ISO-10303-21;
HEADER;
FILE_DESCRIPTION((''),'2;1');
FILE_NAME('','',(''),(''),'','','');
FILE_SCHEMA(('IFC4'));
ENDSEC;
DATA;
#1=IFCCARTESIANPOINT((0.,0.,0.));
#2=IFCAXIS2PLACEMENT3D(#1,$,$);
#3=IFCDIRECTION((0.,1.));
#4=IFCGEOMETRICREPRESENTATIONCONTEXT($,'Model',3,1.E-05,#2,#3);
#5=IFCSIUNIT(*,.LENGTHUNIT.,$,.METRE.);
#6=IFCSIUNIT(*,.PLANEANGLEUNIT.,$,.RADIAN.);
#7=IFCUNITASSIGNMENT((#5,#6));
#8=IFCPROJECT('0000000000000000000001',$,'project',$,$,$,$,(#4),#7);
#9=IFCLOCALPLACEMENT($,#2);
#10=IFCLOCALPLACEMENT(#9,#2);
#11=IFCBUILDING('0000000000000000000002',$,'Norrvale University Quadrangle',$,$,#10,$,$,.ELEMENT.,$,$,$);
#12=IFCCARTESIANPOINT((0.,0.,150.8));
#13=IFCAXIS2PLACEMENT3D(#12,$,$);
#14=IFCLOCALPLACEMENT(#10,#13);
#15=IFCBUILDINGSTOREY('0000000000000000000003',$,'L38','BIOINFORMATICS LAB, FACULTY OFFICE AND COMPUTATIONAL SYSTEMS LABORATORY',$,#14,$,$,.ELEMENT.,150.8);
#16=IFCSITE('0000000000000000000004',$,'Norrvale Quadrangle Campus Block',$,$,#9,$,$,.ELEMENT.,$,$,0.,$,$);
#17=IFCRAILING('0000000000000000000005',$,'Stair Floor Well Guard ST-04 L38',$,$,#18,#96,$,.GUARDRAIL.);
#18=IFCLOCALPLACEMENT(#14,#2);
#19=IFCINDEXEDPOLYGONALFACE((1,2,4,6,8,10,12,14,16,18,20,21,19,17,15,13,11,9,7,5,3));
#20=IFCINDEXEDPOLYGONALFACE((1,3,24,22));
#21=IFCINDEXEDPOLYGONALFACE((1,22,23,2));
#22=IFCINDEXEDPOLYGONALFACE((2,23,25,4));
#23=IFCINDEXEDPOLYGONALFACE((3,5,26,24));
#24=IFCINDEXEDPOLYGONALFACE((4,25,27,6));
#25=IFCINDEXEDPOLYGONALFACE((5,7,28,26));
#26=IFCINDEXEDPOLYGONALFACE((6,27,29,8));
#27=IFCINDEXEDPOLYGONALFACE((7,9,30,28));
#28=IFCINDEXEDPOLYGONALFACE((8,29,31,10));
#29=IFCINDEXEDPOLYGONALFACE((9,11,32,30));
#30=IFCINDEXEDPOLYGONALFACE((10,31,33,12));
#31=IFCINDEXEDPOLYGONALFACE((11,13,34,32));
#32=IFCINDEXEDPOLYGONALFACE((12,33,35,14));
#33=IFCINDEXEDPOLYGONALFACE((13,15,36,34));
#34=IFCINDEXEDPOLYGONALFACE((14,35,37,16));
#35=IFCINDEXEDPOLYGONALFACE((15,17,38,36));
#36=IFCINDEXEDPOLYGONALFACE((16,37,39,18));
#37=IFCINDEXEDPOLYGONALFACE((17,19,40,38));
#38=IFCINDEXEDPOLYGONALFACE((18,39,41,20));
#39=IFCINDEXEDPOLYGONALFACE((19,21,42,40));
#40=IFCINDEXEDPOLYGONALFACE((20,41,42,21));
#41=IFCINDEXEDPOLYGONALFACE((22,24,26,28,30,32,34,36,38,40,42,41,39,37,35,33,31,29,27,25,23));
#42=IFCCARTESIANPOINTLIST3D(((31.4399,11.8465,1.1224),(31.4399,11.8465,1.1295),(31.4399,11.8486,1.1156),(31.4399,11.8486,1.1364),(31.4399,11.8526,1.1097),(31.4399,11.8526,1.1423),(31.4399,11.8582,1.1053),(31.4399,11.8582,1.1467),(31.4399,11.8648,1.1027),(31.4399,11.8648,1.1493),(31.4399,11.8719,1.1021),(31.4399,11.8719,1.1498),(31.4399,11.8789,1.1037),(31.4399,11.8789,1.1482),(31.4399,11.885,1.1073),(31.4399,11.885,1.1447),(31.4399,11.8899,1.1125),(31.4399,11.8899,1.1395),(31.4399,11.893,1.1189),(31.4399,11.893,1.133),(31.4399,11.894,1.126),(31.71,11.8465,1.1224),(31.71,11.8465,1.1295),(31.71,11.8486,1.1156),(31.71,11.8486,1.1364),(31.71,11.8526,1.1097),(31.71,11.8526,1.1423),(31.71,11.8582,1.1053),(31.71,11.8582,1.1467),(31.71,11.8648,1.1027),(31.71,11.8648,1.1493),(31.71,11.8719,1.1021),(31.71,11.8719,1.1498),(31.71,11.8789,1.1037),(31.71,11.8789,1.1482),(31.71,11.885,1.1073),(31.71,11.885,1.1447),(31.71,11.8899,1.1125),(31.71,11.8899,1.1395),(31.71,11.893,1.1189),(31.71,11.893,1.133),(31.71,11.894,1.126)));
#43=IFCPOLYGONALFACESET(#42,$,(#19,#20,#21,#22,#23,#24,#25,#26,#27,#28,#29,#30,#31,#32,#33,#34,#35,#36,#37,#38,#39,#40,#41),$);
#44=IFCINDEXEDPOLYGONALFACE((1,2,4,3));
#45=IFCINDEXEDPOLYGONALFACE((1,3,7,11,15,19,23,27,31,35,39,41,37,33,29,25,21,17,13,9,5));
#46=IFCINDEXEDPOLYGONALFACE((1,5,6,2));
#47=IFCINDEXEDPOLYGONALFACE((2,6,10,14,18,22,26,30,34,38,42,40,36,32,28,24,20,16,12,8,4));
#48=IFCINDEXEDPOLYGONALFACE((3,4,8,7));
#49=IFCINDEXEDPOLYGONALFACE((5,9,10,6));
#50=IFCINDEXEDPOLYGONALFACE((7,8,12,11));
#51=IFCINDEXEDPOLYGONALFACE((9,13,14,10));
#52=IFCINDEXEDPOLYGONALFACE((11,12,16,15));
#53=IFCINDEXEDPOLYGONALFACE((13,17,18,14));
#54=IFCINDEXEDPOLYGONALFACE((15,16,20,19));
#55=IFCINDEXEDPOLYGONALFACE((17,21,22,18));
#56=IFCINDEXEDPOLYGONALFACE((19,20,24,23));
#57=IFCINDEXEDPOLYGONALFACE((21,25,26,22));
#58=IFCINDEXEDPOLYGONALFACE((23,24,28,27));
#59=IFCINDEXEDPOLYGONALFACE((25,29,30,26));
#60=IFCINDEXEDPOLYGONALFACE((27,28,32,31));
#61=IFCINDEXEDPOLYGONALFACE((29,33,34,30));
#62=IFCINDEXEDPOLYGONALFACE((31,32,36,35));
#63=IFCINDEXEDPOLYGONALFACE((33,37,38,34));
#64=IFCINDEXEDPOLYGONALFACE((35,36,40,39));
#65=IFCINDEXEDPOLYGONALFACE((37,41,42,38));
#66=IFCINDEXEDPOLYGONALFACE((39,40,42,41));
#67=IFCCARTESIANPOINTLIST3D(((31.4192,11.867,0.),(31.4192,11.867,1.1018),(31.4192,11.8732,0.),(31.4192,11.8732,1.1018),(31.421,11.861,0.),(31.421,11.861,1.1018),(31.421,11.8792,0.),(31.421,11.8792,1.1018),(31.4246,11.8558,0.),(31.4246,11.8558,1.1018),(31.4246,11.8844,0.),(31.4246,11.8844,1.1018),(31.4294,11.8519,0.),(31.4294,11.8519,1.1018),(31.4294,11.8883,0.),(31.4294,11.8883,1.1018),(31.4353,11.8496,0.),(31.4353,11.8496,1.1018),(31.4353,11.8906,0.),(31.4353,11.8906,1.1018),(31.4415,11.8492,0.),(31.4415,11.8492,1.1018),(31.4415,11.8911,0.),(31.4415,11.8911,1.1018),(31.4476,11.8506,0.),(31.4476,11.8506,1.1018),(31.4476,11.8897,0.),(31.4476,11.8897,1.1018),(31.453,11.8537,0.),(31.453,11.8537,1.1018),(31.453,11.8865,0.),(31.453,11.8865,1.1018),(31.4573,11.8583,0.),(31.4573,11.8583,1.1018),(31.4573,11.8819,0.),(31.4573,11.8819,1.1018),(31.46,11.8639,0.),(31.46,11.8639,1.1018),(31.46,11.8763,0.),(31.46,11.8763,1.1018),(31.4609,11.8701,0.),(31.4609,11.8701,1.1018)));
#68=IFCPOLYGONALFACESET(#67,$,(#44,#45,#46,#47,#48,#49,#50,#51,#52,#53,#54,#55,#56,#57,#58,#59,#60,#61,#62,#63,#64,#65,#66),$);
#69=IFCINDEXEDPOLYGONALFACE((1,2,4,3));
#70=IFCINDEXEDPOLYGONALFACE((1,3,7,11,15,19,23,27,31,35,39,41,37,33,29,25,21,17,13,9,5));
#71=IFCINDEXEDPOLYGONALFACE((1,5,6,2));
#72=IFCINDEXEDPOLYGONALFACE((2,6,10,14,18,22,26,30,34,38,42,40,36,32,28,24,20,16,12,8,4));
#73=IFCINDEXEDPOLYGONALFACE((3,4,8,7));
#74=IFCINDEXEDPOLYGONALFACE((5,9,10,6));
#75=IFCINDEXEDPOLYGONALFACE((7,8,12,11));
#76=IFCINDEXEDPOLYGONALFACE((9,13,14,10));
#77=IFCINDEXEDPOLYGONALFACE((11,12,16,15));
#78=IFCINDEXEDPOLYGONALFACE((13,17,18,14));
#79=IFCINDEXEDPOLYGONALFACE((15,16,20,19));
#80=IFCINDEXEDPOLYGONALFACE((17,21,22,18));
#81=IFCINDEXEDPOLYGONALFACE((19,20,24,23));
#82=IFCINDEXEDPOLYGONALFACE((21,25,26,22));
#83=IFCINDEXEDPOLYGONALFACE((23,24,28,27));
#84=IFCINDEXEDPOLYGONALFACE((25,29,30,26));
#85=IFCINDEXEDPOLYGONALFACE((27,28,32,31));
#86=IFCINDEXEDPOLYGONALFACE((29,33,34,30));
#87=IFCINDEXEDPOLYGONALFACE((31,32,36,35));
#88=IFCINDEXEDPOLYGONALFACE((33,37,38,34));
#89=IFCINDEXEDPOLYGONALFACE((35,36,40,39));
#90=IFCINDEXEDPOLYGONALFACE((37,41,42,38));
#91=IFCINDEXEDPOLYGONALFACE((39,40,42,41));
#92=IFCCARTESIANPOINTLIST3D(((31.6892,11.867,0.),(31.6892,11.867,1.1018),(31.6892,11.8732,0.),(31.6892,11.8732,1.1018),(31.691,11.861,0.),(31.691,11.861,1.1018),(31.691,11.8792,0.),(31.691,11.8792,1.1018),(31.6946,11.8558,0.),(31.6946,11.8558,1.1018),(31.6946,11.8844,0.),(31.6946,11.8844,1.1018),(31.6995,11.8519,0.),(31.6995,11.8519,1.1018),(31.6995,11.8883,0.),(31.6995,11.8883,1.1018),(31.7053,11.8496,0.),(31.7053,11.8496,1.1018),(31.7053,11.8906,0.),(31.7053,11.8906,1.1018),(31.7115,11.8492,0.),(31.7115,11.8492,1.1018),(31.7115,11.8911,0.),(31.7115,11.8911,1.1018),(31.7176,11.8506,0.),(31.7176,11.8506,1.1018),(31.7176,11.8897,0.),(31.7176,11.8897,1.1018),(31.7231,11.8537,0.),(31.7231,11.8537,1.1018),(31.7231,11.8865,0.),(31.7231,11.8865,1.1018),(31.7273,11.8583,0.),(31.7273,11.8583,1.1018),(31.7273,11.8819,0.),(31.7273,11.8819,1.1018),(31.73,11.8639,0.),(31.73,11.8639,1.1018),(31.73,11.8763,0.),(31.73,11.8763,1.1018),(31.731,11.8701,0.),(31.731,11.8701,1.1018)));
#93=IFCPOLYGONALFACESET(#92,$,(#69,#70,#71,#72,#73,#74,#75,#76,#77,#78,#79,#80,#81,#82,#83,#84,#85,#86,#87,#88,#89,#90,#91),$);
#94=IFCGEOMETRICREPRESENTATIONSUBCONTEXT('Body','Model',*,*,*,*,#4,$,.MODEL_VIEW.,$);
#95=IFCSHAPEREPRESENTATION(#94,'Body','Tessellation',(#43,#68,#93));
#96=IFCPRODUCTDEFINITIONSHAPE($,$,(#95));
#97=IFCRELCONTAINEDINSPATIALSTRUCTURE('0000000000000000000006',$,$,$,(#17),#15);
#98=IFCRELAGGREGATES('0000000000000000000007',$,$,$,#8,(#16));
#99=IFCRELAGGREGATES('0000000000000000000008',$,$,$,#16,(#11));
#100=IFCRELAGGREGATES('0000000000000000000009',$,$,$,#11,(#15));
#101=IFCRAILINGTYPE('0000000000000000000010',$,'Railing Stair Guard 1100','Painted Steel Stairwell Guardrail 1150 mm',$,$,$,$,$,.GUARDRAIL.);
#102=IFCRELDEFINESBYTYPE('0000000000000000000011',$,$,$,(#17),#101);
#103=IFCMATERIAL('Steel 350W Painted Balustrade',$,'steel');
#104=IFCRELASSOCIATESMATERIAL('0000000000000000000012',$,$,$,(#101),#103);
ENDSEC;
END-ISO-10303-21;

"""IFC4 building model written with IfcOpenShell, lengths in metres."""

from ifc_helpers import new_model, si_unit, direction, frame, origin, origin_2d, place, context, subcontext, project, spatial, circle, extrude, material, type_object, element, save


model = new_model("IFC4")

# Units and contexts
model_context = context("Model", 3, precision=1e-05, world=origin(), true_north=direction((0.0, 1.0)))
body_context = subcontext(model_context, "Body", "Model", "MODEL_VIEW")
ifc_project = project(units=[si_unit("LENGTHUNIT", "METRE"), si_unit("PLANEANGLEUNIT", "RADIAN")], contexts=[model_context])

# Site, building, storey
site_placement = place(None, origin())
site = spatial("IfcSite", under=ifc_project, at=site_placement, Name="Norrvale Quadrangle Campus Block", CompositionType="ELEMENT", RefElevation=0.0)
building_placement = place(site_placement, origin())
building = spatial("IfcBuilding", under=site, at=building_placement, Name="Norrvale University Quadrangle", CompositionType="ELEMENT")
storey_placement = place(building_placement, frame((0.0, 0.0, 150.8)))
storey = spatial("IfcBuildingStorey", under=building, at=storey_placement, Name="L38", Description="BIOINFORMATICS LAB, FACULTY OFFICE AND COMPUTATIONAL SYSTEMS LABORATORY", CompositionType="ELEMENT", Elevation=150.8)

# Railing
ifc_material_1 = material(Name="Steel 350W Painted Balustrade", Category="steel")
railing_type_1 = type_object("IfcRailingType", Name="Railing Stair Guard 1100", Description="Painted Steel Stairwell Guardrail 1150 mm", PredefinedType="GUARDRAIL", material=ifc_material_1)
railing_1_placement = place(storey_placement, frame((31.4399, 11.8701, 0.0)))
element("IfcRailing", 1, at=railing_1_placement, inside=storey, type_object=railing_type_1, Name="Stair Floor Well Guard ST-04 L38", PredefinedType="GUARDRAIL", context=body_context, shape_type="SweptSolid", body=[
    extrude(circle(Radius=0.0239, at=origin_2d()), frame((0.0, 0.0, 1.126), z_axis=(1.0, 0.0, 0.0), x_axis=(0.0, 1.0, 0.0)), (0.0, 0.0, 1.0), 0.27),
    extrude(circle(Radius=0.021, at=origin_2d()), origin(), (0.0, 0.0, 1.0), 1.1018),
    extrude(circle(Radius=0.021, at=origin_2d()), frame((0.27, 0.0, 0.0)), (0.0, 0.0, 1.0), 1.1018),
])

save(model, "model.ifc")
